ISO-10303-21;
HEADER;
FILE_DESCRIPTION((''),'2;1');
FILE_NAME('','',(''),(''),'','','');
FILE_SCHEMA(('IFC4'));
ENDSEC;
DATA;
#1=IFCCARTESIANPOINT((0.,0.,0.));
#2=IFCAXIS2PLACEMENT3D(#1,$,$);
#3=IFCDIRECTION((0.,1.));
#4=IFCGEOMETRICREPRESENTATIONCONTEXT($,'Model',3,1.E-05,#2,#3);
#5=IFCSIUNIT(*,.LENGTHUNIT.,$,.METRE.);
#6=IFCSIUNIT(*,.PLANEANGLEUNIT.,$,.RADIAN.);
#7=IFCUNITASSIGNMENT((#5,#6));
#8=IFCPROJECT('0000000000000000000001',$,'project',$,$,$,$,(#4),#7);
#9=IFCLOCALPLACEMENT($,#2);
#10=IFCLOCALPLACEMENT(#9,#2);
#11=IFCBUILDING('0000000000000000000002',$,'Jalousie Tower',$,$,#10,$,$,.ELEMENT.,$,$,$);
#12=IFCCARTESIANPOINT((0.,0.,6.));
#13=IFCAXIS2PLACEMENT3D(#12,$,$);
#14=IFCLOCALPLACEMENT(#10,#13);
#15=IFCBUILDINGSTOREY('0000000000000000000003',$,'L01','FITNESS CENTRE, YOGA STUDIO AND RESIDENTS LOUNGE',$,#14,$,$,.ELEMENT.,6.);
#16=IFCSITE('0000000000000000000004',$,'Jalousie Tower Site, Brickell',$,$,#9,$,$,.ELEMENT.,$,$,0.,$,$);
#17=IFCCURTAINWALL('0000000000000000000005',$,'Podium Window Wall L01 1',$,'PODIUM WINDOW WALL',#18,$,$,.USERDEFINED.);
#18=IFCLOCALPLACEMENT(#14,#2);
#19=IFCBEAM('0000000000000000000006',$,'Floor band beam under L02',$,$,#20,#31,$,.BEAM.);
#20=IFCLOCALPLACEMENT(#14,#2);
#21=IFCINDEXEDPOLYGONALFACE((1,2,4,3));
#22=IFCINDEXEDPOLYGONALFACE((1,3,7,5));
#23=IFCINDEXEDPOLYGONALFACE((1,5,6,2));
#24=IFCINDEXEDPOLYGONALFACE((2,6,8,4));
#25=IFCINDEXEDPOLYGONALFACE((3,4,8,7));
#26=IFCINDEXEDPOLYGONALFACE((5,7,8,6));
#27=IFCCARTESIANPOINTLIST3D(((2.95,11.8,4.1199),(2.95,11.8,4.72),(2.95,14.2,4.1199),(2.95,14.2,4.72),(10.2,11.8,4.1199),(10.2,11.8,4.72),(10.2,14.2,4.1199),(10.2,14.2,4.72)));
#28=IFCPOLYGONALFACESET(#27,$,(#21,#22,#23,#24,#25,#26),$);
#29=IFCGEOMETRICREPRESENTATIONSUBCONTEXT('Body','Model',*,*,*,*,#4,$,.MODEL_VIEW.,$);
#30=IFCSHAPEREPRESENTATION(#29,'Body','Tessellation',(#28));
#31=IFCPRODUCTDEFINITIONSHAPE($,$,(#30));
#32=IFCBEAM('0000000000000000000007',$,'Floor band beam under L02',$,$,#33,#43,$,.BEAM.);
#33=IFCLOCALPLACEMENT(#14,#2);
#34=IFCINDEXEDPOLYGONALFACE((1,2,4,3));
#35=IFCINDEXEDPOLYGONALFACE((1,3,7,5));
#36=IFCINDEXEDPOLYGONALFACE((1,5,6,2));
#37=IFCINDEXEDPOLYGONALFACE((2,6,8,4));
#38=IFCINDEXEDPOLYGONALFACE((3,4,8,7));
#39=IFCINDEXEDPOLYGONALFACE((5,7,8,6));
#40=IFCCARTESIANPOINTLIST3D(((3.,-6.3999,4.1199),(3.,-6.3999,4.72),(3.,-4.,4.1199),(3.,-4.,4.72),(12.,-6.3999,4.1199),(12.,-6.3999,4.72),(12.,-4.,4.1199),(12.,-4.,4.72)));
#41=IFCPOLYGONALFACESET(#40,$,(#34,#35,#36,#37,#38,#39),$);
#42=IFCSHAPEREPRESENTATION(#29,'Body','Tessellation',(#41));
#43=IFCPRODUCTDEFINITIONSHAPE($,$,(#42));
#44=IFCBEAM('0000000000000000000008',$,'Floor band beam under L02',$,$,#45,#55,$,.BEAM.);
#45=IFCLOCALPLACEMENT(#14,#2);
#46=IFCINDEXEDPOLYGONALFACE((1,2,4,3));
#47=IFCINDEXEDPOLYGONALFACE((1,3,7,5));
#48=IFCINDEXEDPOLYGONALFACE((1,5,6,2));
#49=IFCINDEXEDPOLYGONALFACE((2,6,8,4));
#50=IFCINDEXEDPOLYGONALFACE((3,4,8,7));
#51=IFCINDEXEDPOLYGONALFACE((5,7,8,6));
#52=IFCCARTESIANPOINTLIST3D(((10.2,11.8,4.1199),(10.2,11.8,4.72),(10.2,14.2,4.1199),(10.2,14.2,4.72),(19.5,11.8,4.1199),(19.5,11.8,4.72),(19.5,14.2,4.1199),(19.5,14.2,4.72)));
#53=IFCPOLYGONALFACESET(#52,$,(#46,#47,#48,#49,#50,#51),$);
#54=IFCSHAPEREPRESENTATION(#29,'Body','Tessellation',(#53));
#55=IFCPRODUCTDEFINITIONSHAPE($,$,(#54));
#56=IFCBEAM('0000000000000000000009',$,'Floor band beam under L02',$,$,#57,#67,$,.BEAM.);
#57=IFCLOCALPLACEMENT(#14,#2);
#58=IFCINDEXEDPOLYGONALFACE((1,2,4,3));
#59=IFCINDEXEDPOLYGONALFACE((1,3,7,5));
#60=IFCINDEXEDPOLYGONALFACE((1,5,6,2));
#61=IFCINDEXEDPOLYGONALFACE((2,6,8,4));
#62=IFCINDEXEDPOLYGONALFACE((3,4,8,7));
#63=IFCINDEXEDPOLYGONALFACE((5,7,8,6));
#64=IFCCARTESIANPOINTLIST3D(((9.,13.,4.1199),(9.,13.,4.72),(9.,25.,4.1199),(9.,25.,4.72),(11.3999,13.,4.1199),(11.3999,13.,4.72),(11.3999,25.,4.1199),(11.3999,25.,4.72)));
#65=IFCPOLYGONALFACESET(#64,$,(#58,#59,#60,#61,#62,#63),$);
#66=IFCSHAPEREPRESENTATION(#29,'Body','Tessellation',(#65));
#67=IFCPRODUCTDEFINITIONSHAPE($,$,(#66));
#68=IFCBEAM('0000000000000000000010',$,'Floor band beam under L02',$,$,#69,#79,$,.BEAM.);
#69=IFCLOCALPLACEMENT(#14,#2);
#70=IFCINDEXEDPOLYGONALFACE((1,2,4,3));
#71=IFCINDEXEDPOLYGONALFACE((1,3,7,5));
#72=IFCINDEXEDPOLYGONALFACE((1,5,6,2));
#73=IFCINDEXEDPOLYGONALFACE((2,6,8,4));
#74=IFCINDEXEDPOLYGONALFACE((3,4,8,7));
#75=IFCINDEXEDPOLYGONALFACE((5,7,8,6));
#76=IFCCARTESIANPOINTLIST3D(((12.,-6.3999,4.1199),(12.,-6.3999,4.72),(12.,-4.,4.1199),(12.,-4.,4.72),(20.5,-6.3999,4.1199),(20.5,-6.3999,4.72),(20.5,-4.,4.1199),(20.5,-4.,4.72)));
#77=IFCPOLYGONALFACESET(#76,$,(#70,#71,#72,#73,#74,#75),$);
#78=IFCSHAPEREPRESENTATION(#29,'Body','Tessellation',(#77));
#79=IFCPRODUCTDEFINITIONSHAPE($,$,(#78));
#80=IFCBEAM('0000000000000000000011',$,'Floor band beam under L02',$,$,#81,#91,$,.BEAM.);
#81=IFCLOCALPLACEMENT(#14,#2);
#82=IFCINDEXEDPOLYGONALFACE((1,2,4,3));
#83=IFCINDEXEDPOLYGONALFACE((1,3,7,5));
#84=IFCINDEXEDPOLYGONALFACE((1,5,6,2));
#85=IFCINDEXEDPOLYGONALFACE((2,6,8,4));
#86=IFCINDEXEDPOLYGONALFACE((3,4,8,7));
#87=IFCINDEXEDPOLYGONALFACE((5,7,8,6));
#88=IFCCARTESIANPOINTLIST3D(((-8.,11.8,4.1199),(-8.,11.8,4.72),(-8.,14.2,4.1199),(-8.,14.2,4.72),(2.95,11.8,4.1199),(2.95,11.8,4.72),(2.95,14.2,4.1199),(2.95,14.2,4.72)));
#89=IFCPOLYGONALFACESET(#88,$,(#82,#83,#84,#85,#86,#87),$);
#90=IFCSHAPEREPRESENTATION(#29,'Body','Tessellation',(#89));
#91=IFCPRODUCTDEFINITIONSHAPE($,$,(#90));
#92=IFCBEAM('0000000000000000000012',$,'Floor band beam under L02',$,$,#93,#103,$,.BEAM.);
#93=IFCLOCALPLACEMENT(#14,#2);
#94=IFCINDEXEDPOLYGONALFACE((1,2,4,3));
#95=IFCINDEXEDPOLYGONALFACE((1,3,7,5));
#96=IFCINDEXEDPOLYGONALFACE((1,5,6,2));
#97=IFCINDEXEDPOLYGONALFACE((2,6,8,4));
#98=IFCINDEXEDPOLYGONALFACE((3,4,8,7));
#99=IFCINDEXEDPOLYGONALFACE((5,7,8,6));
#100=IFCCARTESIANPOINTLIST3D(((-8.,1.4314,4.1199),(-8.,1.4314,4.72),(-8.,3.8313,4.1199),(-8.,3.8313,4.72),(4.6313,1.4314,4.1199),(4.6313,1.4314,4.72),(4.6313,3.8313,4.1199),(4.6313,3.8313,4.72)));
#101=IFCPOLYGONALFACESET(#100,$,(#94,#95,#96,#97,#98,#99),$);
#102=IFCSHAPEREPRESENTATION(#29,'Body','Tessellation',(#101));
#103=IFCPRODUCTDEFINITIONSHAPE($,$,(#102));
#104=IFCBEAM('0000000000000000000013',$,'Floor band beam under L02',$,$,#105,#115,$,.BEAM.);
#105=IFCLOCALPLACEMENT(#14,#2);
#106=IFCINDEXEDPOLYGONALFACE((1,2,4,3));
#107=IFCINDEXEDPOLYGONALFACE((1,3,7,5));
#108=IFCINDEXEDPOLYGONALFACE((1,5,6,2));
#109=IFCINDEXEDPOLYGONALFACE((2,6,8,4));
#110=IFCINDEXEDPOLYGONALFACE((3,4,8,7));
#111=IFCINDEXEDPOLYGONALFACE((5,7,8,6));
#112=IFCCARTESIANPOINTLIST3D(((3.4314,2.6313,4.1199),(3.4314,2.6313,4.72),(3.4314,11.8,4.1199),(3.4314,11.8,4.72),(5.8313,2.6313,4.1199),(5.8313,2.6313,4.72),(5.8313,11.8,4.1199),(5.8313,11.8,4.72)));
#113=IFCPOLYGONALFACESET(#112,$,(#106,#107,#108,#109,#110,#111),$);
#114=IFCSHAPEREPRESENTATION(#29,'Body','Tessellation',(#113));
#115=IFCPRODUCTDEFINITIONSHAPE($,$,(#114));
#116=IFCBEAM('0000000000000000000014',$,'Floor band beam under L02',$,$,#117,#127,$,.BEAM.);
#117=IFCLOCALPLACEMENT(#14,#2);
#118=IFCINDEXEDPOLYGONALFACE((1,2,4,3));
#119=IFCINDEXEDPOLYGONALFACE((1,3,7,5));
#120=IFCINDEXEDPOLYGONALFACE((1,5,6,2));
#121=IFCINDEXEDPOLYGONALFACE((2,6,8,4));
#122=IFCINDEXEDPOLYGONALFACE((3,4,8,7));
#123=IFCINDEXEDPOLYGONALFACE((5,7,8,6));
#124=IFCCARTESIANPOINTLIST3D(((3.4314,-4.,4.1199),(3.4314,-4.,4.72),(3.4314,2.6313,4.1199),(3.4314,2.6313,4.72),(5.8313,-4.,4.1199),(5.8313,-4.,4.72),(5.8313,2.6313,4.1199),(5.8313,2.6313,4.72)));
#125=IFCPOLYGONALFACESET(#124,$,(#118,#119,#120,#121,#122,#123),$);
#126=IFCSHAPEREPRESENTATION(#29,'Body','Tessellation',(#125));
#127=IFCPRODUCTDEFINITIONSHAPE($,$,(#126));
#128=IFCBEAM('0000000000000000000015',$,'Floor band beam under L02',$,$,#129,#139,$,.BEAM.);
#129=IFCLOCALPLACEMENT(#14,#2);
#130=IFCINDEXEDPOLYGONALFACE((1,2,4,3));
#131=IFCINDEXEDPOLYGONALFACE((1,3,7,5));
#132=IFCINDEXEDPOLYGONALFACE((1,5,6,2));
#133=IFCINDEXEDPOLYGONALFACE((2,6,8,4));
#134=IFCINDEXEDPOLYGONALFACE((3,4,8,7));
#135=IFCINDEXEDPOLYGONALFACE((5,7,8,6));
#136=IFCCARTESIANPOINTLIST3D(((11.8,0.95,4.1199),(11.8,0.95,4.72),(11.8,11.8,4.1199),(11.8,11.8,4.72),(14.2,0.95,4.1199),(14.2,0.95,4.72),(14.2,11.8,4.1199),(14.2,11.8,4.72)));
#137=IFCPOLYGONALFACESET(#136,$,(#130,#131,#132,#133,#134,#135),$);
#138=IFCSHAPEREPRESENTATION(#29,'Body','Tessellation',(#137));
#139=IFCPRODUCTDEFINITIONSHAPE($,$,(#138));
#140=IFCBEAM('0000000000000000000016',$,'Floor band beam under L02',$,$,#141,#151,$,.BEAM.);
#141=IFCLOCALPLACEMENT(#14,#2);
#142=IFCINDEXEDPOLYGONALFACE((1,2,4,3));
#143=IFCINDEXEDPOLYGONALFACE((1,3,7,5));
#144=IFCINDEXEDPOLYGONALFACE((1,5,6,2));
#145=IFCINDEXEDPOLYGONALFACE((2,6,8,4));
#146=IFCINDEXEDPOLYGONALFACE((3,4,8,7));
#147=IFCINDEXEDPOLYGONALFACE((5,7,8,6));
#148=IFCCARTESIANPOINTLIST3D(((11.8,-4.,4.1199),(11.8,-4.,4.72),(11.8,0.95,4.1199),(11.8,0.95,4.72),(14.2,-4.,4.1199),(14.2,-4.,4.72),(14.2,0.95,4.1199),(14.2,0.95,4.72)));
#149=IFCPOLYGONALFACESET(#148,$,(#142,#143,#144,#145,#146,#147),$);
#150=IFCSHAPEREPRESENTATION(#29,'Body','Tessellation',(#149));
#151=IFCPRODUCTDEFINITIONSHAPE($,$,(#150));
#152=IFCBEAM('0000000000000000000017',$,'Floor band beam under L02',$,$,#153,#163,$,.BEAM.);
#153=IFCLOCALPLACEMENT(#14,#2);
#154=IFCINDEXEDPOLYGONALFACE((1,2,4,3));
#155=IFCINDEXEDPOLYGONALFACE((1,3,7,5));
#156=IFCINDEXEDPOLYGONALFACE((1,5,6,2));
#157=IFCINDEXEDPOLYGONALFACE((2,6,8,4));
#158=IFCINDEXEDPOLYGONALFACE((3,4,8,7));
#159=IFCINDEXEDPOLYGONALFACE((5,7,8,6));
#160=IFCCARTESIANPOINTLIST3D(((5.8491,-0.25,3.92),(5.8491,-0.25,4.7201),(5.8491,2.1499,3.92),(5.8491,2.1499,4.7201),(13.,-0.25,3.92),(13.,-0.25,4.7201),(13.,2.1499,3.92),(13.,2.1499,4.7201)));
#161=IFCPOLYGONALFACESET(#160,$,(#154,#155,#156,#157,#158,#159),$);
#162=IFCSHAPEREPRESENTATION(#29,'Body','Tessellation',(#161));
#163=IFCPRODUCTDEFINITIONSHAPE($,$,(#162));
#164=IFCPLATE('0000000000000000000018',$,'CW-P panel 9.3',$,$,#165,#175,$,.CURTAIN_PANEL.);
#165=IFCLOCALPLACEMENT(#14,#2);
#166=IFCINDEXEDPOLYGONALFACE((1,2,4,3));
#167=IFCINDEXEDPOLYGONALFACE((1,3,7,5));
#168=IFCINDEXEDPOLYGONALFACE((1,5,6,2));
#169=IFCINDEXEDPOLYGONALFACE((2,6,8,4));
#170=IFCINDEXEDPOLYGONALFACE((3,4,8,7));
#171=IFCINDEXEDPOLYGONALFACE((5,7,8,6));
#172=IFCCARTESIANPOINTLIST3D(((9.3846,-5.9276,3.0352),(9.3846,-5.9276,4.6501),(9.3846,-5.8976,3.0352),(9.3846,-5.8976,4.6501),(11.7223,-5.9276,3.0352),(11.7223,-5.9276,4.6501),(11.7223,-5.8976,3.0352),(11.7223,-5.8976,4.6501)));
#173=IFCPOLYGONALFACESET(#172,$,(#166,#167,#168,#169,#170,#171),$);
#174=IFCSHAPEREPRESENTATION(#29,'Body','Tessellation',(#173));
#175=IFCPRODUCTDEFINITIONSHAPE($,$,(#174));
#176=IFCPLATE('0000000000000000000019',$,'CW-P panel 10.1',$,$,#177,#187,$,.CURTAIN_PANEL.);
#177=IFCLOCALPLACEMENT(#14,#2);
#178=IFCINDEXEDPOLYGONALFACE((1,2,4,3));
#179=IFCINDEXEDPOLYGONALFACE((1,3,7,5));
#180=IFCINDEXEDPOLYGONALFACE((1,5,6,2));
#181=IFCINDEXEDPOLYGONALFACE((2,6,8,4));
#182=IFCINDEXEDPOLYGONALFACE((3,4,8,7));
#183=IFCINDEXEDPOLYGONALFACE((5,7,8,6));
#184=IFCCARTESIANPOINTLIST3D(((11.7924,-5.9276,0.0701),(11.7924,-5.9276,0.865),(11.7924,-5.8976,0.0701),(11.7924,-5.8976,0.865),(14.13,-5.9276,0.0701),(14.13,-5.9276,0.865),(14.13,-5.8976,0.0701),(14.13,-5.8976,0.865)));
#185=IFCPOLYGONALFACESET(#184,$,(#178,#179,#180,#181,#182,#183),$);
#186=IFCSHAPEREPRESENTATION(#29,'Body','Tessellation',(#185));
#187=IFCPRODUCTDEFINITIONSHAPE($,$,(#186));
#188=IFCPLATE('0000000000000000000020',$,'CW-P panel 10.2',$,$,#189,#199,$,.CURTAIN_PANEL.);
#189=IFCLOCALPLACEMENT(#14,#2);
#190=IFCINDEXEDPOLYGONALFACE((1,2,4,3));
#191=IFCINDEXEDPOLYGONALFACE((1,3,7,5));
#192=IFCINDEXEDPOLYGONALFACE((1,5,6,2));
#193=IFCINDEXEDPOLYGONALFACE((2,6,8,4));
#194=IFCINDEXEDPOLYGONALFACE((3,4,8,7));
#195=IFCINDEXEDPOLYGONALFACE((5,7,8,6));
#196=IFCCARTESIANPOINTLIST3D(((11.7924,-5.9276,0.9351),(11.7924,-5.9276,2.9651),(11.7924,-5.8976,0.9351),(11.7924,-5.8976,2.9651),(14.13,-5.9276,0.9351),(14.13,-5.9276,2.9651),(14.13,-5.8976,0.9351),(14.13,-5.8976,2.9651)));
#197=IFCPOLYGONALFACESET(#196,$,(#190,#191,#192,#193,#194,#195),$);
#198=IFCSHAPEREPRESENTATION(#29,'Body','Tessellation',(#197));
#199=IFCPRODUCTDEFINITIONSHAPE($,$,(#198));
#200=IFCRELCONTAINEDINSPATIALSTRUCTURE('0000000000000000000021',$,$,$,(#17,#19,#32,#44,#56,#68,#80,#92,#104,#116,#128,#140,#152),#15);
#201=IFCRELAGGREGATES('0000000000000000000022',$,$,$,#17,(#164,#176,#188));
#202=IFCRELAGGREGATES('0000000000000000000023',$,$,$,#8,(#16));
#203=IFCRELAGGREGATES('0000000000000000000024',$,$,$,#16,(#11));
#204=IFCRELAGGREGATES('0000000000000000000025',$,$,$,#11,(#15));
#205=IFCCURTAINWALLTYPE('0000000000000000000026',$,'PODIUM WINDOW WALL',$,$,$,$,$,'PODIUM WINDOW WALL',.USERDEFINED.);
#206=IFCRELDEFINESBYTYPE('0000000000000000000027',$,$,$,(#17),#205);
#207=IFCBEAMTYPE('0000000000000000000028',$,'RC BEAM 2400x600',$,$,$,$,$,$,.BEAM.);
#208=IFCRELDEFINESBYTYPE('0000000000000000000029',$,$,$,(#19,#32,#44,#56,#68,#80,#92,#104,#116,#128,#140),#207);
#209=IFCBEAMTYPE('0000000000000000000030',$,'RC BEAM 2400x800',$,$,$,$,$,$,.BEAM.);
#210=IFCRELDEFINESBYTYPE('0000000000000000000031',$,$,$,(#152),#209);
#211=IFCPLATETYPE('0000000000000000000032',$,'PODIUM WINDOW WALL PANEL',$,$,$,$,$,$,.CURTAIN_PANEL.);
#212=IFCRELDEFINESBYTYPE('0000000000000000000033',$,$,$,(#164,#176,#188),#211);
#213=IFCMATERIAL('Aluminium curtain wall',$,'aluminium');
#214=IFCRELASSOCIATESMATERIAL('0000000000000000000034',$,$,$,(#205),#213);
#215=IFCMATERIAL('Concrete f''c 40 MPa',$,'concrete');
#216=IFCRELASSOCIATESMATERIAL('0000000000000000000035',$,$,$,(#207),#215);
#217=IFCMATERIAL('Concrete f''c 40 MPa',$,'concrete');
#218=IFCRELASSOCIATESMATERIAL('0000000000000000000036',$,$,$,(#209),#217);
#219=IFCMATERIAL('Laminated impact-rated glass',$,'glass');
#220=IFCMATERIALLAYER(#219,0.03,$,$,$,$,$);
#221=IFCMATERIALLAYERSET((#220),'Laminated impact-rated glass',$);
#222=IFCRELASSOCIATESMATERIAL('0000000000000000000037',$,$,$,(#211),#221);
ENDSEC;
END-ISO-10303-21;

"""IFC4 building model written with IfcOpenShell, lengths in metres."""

from ifc_helpers import new_model, si_unit, direction, frame, origin, origin_2d, place, context, subcontext, project, spatial, rectangle, extrude, material, layer, layer_set, material_profile, profile_set, type_object, element, aggregate, save


model = new_model("IFC4")

# Units and contexts
model_context = context("Model", 3, precision=1e-05, world=origin(), true_north=direction((0.0, 1.0)))
body_context = subcontext(model_context, "Body", "Model", "MODEL_VIEW")
ifc_project = project(units=[si_unit("LENGTHUNIT", "METRE"), si_unit("PLANEANGLEUNIT", "RADIAN")], contexts=[model_context])

# Site, building, storey
site_placement = place(None, origin())
site = spatial("IfcSite", under=ifc_project, at=site_placement, Name="Jalousie Tower Site, Brickell", CompositionType="ELEMENT", RefElevation=0.0)
building_placement = place(site_placement, origin())
building = spatial("IfcBuilding", under=site, at=building_placement, Name="Jalousie Tower", CompositionType="ELEMENT")
storey_placement = place(building_placement, frame((0.0, 0.0, 6.0)))
storey = spatial("IfcBuildingStorey", under=building, at=storey_placement, Name="L01", Description="FITNESS CENTRE, YOGA STUDIO AND RESIDENTS LOUNGE", CompositionType="ELEMENT", Elevation=6.0)

# Curtain wall
ifc_material_1 = material(Name="Aluminium curtain wall", Category="aluminium")
curtain_wall_type = type_object("IfcCurtainWallType", Name="PODIUM WINDOW WALL", ElementType="PODIUM WINDOW WALL", PredefinedType="USERDEFINED", material=ifc_material_1)
curtain_wall_placement = place(storey_placement, origin())
curtain_wall = element("IfcCurtainWall", 1, at=curtain_wall_placement, inside=storey, type_object=curtain_wall_type, Name="Podium Window Wall L01 1", ObjectType="PODIUM WINDOW WALL", PredefinedType="USERDEFINED")

# Beams
ifc_material_2 = material(Name="Concrete f'c 40 MPa", Category="concrete")
ifc_material_profile_1 = material_profile(ifc_material_2, rectangle(XDim=2.3999, YDim=0.6001, at=origin_2d()), Name="RC 2400x600")
ifc_profile_set_1 = profile_set([ifc_material_profile_1], Name="Concrete f'c 40 MPa")
beam_type_1 = type_object("IfcBeamType", Name="RC BEAM 2400x600", PredefinedType="BEAM", material=ifc_profile_set_1)
beam_1_placement = place(storey_placement, frame((2.95, 13.0, 4.4199), z_axis=(1.0, 0.0, 0.0), x_axis=(0.0, 1.0, 0.0)))
element("IfcBeam", 2, at=beam_1_placement, inside=storey, type_object=beam_type_1, Name="Floor band beam under L02", PredefinedType="BEAM", context=body_context, shape_type="SweptSolid", body=[
    extrude(rectangle(XDim=2.3999, YDim=0.6001, at=origin_2d()), origin(), (0.0, 0.0, 1.0), 7.25),
])
beam_2_placement = place(storey_placement, frame((3.0, -5.2, 4.4199), z_axis=(1.0, 0.0, 0.0), x_axis=(0.0, 1.0, 0.0)))
element("IfcBeam", 3, at=beam_2_placement, inside=storey, type_object=beam_type_1, Name="Floor band beam under L02", PredefinedType="BEAM", context=body_context, shape_type="SweptSolid", body=[
    extrude(rectangle(XDim=2.3999, YDim=0.6001, at=origin_2d()), origin(), (0.0, 0.0, 1.0), 9.0),
])
beam_3_placement = place(storey_placement, frame((10.2, 13.0, 4.4199), z_axis=(1.0, 0.0, 0.0), x_axis=(0.0, 1.0, 0.0)))
element("IfcBeam", 4, at=beam_3_placement, inside=storey, type_object=beam_type_1, Name="Floor band beam under L02", PredefinedType="BEAM", context=body_context, shape_type="SweptSolid", body=[
    extrude(rectangle(XDim=2.3999, YDim=0.6001, at=origin_2d()), origin(), (0.0, 0.0, 1.0), 9.3),
])
beam_4_placement = place(storey_placement, frame((10.2, 13.0, 4.4199), z_axis=(0.0, 1.0, 0.0), x_axis=(-1.0, 0.0, 0.0)))
element("IfcBeam", 5, at=beam_4_placement, inside=storey, type_object=beam_type_1, Name="Floor band beam under L02", PredefinedType="BEAM", context=body_context, shape_type="SweptSolid", body=[
    extrude(rectangle(XDim=2.3999, YDim=0.6001, at=origin_2d()), origin(), (0.0, 0.0, 1.0), 12.0),
])
beam_5_placement = place(storey_placement, frame((12.0, -5.2, 4.4199), z_axis=(1.0, 0.0, 0.0), x_axis=(0.0, 1.0, 0.0)))
element("IfcBeam", 6, at=beam_5_placement, inside=storey, type_object=beam_type_1, Name="Floor band beam under L02", PredefinedType="BEAM", context=body_context, shape_type="SweptSolid", body=[
    extrude(rectangle(XDim=2.3999, YDim=0.6001, at=origin_2d()), origin(), (0.0, 0.0, 1.0), 8.5),
])
beam_6_placement = place(storey_placement, frame((2.95, 13.0, 4.4199), z_axis=(-1.0, 0.0, 0.0), x_axis=(0.0, -1.0, 0.0)))
element("IfcBeam", 7, at=beam_6_placement, inside=storey, type_object=beam_type_1, Name="Floor band beam under L02", PredefinedType="BEAM", context=body_context, shape_type="SweptSolid", body=[
    extrude(rectangle(XDim=2.3999, YDim=0.6001, at=origin_2d()), origin(), (0.0, 0.0, 1.0), 10.95),
])
beam_7_placement = place(storey_placement, frame((4.6313, 2.6313, 4.4199), z_axis=(-1.0, 0.0, 0.0), x_axis=(0.0, -1.0, 0.0)))
element("IfcBeam", 8, at=beam_7_placement, inside=storey, type_object=beam_type_1, Name="Floor band beam under L02", PredefinedType="BEAM", context=body_context, shape_type="SweptSolid", body=[
    extrude(rectangle(XDim=2.3999, YDim=0.6001, at=origin_2d()), origin(), (0.0, 0.0, 1.0), 12.6313),
])
beam_8_placement = place(storey_placement, frame((4.6313, 2.6313, 4.4199), z_axis=(0.0, 1.0, 0.0), x_axis=(-1.0, 0.0, 0.0)))
element("IfcBeam", 9, at=beam_8_placement, inside=storey, type_object=beam_type_1, Name="Floor band beam under L02", PredefinedType="BEAM", context=body_context, shape_type="SweptSolid", body=[
    extrude(rectangle(XDim=2.3999, YDim=0.6001, at=origin_2d()), origin(), (0.0, 0.0, 1.0), 9.1687),
])
beam_9_placement = place(storey_placement, frame((4.6313, 2.6313, 4.4199), z_axis=(0.0, -1.0, 0.0), x_axis=(1.0, 0.0, 0.0)))
element("IfcBeam", 10, at=beam_9_placement, inside=storey, type_object=beam_type_1, Name="Floor band beam under L02", PredefinedType="BEAM", context=body_context, shape_type="SweptSolid", body=[
    extrude(rectangle(XDim=2.3999, YDim=0.6001, at=origin_2d()), origin(), (0.0, 0.0, 1.0), 6.6313),
])
beam_10_placement = place(storey_placement, frame((13.0, 0.95, 4.4199), z_axis=(0.0, 1.0, 0.0), x_axis=(-1.0, 0.0, 0.0)))
element("IfcBeam", 11, at=beam_10_placement, inside=storey, type_object=beam_type_1, Name="Floor band beam under L02", PredefinedType="BEAM", context=body_context, shape_type="SweptSolid", body=[
    extrude(rectangle(XDim=2.3999, YDim=0.6001, at=origin_2d()), origin(), (0.0, 0.0, 1.0), 10.8501),
])
beam_11_placement = place(storey_placement, frame((13.0, 0.95, 4.4199), z_axis=(0.0, -1.0, 0.0), x_axis=(1.0, 0.0, 0.0)))
element("IfcBeam", 12, at=beam_11_placement, inside=storey, type_object=beam_type_1, Name="Floor band beam under L02", PredefinedType="BEAM", context=body_context, shape_type="SweptSolid", body=[
    extrude(rectangle(XDim=2.3999, YDim=0.6001, at=origin_2d()), origin(), (0.0, 0.0, 1.0), 4.95),
])
ifc_material_3 = material(Name="Concrete f'c 40 MPa", Category="concrete")
ifc_material_profile_2 = material_profile(ifc_material_3, rectangle(XDim=2.3999, YDim=0.8, at=origin_2d()), Name="RC 2400x800")
ifc_profile_set_2 = profile_set([ifc_material_profile_2], Name="Concrete f'c 40 MPa")
beam_type_2 = type_object("IfcBeamType", Name="RC BEAM 2400x800", PredefinedType="BEAM", material=ifc_profile_set_2)
beam_12_placement = place(storey_placement, frame((13.0, 0.95, 4.3201), z_axis=(-1.0, 0.0, 0.0), x_axis=(0.0, -1.0, 0.0)))
element("IfcBeam", 13, at=beam_12_placement, inside=storey, type_object=beam_type_2, Name="Floor band beam under L02", PredefinedType="BEAM", context=body_context, shape_type="SweptSolid", body=[
    extrude(rectangle(XDim=2.3999, YDim=0.8, at=origin_2d()), origin(), (0.0, 0.0, 1.0), 7.1509),
])

# Plates
ifc_material_4 = material(Name="Laminated impact-rated glass", Category="glass")
ifc_layer_1 = layer(ifc_material_4, 0.03)
ifc_layer_set_1 = layer_set([ifc_layer_1], Name="Laminated impact-rated glass")
plate_type = type_object("IfcPlateType", Name="PODIUM WINDOW WALL PANEL", PredefinedType="CURTAIN_PANEL", material=ifc_layer_set_1)
plate_1_placement = place(storey_placement, frame((10.5535, -5.9126, 3.0352), z_axis=(0.0, 0.0, 1.0), x_axis=(1.0, 0.0, 0.0)))
plate_1 = element("IfcPlate", 14, at=plate_1_placement, type_object=plate_type, Name="CW-P panel 9.3", PredefinedType="CURTAIN_PANEL", context=body_context, shape_type="SweptSolid", body=[
    extrude(rectangle(XDim=2.3376, YDim=0.03, at=origin_2d()), origin(), (0.0, 0.0, 1.0), 1.615),
])
plate_2_placement = place(storey_placement, frame((12.9612, -5.9126, 0.0701), z_axis=(0.0, 0.0, 1.0), x_axis=(1.0, 0.0, 0.0)))
plate_2 = element("IfcPlate", 15, at=plate_2_placement, type_object=plate_type, Name="CW-P panel 10.1", PredefinedType="CURTAIN_PANEL", context=body_context, shape_type="SweptSolid", body=[
    extrude(rectangle(XDim=2.3376, YDim=0.03, at=origin_2d()), origin(), (0.0, 0.0, 1.0), 0.7949),
])
plate_3_placement = place(storey_placement, frame((12.9612, -5.9126, 0.9351), z_axis=(0.0, 0.0, 1.0), x_axis=(1.0, 0.0, 0.0)))
plate_3 = element("IfcPlate", 16, at=plate_3_placement, type_object=plate_type, Name="CW-P panel 10.2", PredefinedType="CURTAIN_PANEL", context=body_context, shape_type="SweptSolid", body=[
    extrude(rectangle(XDim=2.3376, YDim=0.03, at=origin_2d()), origin(), (0.0, 0.0, 1.0), 2.03),
])
aggregate(curtain_wall, [plate_1, plate_2, plate_3])

save(model, "model.ifc")
